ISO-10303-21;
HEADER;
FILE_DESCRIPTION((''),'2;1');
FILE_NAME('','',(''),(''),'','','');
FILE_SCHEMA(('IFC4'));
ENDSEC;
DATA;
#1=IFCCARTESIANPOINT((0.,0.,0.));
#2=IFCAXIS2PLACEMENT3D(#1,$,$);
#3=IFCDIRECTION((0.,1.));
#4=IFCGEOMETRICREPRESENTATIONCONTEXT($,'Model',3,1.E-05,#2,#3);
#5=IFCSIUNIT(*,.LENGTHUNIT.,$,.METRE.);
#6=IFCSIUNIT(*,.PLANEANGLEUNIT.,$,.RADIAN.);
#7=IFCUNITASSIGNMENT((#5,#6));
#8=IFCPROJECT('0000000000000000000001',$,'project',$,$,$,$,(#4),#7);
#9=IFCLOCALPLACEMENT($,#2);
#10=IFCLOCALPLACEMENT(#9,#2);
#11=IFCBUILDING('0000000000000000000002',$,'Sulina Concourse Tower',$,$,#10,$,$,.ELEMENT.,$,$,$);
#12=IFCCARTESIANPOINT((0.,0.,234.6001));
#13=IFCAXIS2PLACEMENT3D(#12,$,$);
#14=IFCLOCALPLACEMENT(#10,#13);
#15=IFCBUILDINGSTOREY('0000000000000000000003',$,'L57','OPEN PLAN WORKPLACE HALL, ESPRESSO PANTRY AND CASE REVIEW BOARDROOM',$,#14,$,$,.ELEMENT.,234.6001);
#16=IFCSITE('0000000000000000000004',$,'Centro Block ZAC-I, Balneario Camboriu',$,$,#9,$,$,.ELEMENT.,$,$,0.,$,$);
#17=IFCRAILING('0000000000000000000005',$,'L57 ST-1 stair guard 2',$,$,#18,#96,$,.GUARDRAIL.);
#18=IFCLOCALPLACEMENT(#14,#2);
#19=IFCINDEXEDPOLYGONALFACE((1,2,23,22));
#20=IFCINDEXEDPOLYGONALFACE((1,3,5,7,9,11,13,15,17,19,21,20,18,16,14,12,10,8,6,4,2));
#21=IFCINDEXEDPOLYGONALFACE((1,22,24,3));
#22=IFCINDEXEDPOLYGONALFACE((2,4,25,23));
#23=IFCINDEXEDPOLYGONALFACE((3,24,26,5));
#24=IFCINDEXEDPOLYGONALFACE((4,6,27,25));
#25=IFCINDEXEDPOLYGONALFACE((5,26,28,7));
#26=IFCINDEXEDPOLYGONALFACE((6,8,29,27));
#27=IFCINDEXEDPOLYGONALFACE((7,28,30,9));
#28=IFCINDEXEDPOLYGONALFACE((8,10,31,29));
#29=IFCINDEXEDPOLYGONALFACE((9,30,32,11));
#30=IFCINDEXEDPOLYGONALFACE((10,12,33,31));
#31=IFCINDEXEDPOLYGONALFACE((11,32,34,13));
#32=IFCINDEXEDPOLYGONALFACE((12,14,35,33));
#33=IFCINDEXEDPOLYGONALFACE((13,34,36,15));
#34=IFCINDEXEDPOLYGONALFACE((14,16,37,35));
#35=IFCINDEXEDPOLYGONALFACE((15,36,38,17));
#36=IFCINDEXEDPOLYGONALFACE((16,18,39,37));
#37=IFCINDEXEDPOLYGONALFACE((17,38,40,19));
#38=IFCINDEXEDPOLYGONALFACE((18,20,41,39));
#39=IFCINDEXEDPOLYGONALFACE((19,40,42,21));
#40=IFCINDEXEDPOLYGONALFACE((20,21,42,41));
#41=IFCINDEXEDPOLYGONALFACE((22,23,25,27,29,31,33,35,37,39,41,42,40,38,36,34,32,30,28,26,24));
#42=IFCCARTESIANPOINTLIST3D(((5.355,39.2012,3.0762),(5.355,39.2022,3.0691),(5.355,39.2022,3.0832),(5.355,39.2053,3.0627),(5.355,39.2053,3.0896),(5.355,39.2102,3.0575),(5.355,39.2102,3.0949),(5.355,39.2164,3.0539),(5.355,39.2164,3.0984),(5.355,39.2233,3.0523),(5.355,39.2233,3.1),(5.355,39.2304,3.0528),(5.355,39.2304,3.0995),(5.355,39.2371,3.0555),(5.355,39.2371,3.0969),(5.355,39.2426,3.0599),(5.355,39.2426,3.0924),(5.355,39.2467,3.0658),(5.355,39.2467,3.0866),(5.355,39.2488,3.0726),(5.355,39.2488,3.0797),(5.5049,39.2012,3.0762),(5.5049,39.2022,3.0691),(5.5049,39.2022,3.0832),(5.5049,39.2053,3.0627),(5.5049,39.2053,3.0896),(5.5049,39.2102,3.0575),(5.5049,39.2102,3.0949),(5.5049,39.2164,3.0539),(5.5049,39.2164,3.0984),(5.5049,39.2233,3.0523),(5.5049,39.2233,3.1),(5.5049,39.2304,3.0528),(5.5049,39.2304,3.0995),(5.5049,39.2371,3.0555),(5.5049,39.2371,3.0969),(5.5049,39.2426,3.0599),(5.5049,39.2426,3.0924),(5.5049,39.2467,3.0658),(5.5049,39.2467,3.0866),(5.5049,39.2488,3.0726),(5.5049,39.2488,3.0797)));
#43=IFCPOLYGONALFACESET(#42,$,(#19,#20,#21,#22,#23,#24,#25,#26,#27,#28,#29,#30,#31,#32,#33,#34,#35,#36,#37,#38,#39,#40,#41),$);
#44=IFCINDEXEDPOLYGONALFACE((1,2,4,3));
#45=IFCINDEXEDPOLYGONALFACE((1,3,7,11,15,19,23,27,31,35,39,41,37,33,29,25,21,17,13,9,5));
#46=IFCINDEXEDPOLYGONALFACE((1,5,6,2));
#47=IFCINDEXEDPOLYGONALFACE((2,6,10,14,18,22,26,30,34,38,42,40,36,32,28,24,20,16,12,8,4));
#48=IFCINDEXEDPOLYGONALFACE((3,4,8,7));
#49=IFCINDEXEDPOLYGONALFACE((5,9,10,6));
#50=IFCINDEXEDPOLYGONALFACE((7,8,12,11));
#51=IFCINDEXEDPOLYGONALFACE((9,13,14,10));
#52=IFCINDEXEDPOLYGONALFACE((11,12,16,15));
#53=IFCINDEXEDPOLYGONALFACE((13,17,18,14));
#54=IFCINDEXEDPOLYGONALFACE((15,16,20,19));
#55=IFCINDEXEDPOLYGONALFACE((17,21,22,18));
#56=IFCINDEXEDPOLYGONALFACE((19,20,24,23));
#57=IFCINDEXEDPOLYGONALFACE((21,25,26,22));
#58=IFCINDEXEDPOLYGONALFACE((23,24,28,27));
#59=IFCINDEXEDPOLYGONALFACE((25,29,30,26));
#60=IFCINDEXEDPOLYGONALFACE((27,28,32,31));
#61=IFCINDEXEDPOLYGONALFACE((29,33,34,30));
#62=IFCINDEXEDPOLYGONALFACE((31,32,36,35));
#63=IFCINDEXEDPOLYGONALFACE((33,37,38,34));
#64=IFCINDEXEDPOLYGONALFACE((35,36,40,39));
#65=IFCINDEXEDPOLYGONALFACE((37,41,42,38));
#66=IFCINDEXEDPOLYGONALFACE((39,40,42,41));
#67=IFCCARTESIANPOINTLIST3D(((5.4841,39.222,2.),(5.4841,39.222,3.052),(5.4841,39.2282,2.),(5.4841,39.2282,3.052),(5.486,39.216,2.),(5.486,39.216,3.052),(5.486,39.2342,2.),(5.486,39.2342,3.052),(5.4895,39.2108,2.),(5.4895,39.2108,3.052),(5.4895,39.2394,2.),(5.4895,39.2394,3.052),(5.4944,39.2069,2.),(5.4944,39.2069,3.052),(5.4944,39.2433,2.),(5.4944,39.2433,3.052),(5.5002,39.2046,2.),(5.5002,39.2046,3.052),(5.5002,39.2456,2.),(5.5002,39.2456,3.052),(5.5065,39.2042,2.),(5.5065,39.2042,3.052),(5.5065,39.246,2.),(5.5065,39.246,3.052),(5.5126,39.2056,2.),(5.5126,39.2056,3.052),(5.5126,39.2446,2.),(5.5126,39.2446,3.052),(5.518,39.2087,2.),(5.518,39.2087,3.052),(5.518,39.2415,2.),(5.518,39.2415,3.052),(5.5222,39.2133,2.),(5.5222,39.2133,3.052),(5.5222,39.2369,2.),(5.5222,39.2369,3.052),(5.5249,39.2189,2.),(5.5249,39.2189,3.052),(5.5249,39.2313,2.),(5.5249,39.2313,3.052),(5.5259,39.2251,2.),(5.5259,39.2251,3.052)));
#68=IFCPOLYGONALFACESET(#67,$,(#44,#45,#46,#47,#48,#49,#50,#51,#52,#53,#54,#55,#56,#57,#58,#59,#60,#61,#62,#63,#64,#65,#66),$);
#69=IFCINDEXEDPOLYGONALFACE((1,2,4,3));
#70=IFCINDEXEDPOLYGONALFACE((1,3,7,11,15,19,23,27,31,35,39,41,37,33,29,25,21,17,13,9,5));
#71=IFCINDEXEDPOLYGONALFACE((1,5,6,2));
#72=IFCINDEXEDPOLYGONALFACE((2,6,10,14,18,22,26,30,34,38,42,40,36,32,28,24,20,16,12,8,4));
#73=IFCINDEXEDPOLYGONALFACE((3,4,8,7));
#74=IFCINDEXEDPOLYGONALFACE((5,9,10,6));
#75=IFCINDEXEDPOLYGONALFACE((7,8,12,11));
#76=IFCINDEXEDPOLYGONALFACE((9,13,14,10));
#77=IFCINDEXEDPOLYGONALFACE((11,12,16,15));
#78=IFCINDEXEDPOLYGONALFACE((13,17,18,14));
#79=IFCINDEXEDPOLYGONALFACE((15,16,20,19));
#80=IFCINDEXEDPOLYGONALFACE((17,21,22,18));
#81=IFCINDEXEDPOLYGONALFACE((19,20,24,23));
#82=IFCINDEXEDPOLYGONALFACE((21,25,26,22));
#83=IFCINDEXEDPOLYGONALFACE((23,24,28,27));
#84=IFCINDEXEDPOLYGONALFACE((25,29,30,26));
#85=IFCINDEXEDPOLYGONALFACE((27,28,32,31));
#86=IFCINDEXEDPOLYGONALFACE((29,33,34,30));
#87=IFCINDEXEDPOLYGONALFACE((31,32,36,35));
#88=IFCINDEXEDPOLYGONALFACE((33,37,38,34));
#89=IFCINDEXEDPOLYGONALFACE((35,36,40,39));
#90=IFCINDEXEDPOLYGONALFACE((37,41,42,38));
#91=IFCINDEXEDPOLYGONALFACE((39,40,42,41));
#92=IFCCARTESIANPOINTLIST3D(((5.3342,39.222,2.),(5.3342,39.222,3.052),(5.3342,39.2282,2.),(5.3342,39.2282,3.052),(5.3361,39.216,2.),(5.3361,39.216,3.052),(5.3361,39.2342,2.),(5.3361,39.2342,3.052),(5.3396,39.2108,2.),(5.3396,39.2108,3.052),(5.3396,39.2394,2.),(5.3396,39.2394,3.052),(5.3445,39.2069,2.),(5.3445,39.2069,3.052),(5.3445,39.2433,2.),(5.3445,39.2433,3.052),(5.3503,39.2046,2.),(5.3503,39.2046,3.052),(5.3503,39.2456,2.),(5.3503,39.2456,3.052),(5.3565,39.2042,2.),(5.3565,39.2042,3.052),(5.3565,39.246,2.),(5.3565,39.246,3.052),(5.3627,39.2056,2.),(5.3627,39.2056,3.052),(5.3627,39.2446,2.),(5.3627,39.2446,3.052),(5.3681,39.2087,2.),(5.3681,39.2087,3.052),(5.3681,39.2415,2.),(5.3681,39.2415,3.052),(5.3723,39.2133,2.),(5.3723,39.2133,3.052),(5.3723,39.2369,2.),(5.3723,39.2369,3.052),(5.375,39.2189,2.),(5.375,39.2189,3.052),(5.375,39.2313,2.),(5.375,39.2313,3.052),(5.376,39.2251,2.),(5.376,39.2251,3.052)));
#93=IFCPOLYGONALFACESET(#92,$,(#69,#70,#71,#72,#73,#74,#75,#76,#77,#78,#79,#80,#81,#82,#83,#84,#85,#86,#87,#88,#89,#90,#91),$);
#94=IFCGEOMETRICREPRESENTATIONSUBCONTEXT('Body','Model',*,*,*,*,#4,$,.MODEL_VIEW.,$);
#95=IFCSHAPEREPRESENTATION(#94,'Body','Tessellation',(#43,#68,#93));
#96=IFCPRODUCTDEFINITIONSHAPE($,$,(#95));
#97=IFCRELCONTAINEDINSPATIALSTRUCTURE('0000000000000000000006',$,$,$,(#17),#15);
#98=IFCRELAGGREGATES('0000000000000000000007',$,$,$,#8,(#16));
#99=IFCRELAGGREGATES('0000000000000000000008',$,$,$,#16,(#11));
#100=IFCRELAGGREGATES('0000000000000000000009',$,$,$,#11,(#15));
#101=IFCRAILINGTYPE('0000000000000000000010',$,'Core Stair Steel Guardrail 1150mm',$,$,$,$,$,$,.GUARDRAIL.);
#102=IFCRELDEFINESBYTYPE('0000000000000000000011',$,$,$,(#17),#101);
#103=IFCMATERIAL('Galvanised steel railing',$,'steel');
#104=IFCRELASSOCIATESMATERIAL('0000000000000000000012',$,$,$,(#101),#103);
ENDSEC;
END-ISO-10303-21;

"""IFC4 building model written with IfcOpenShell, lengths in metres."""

from ifc_helpers import new_model, si_unit, direction, frame, origin, origin_2d, place, context, subcontext, project, spatial, circle, extrude, material, type_object, element, save


model = new_model("IFC4")

# Units and contexts
model_context = context("Model", 3, precision=1e-05, world=origin(), true_north=direction((0.0, 1.0)))
body_context = subcontext(model_context, "Body", "Model", "MODEL_VIEW")
ifc_project = project(units=[si_unit("LENGTHUNIT", "METRE"), si_unit("PLANEANGLEUNIT", "RADIAN")], contexts=[model_context])

# Site, building, storey
site_placement = place(None, origin())
site = spatial("IfcSite", under=ifc_project, at=site_placement, Name="Centro Block ZAC-I, Balneario Camboriu", CompositionType="ELEMENT", RefElevation=0.0)
building_placement = place(site_placement, origin())
building = spatial("IfcBuilding", under=site, at=building_placement, Name="Sulina Concourse Tower", CompositionType="ELEMENT")
storey_placement = place(building_placement, frame((0.0, 0.0, 234.6001)))
storey = spatial("IfcBuildingStorey", under=building, at=storey_placement, Name="L57", Description="OPEN PLAN WORKPLACE HALL, ESPRESSO PANTRY AND CASE REVIEW BOARDROOM", CompositionType="ELEMENT", Elevation=234.6001)

# Railing
ifc_material_1 = material(Name="Galvanised steel railing", Category="steel")
railing_type_1 = type_object("IfcRailingType", Name="Core Stair Steel Guardrail 1150mm", PredefinedType="GUARDRAIL", material=ifc_material_1)
railing_1_placement = place(storey_placement, frame((5.5049, 39.2251, 2.0)))
element("IfcRailing", 1, at=railing_1_placement, inside=storey, type_object=railing_type_1, Name="L57 ST-1 stair guard 2", PredefinedType="GUARDRAIL", context=body_context, shape_type="SweptSolid", body=[
    extrude(circle(Radius=0.0239, at=origin_2d()), frame((0.0, 0.0, 1.0762), z_axis=(-1.0, 0.0, 0.0), x_axis=(0.0, -1.0, 0.0)), (0.0, 0.0, 1.0), 0.1499),
    extrude(circle(Radius=0.021, at=origin_2d()), origin(), (0.0, 0.0, 1.0), 1.052),
    extrude(circle(Radius=0.021, at=origin_2d()), frame((-0.1499, 0.0, 0.0)), (0.0, 0.0, 1.0), 1.052),
])

save(model, "model.ifc")
